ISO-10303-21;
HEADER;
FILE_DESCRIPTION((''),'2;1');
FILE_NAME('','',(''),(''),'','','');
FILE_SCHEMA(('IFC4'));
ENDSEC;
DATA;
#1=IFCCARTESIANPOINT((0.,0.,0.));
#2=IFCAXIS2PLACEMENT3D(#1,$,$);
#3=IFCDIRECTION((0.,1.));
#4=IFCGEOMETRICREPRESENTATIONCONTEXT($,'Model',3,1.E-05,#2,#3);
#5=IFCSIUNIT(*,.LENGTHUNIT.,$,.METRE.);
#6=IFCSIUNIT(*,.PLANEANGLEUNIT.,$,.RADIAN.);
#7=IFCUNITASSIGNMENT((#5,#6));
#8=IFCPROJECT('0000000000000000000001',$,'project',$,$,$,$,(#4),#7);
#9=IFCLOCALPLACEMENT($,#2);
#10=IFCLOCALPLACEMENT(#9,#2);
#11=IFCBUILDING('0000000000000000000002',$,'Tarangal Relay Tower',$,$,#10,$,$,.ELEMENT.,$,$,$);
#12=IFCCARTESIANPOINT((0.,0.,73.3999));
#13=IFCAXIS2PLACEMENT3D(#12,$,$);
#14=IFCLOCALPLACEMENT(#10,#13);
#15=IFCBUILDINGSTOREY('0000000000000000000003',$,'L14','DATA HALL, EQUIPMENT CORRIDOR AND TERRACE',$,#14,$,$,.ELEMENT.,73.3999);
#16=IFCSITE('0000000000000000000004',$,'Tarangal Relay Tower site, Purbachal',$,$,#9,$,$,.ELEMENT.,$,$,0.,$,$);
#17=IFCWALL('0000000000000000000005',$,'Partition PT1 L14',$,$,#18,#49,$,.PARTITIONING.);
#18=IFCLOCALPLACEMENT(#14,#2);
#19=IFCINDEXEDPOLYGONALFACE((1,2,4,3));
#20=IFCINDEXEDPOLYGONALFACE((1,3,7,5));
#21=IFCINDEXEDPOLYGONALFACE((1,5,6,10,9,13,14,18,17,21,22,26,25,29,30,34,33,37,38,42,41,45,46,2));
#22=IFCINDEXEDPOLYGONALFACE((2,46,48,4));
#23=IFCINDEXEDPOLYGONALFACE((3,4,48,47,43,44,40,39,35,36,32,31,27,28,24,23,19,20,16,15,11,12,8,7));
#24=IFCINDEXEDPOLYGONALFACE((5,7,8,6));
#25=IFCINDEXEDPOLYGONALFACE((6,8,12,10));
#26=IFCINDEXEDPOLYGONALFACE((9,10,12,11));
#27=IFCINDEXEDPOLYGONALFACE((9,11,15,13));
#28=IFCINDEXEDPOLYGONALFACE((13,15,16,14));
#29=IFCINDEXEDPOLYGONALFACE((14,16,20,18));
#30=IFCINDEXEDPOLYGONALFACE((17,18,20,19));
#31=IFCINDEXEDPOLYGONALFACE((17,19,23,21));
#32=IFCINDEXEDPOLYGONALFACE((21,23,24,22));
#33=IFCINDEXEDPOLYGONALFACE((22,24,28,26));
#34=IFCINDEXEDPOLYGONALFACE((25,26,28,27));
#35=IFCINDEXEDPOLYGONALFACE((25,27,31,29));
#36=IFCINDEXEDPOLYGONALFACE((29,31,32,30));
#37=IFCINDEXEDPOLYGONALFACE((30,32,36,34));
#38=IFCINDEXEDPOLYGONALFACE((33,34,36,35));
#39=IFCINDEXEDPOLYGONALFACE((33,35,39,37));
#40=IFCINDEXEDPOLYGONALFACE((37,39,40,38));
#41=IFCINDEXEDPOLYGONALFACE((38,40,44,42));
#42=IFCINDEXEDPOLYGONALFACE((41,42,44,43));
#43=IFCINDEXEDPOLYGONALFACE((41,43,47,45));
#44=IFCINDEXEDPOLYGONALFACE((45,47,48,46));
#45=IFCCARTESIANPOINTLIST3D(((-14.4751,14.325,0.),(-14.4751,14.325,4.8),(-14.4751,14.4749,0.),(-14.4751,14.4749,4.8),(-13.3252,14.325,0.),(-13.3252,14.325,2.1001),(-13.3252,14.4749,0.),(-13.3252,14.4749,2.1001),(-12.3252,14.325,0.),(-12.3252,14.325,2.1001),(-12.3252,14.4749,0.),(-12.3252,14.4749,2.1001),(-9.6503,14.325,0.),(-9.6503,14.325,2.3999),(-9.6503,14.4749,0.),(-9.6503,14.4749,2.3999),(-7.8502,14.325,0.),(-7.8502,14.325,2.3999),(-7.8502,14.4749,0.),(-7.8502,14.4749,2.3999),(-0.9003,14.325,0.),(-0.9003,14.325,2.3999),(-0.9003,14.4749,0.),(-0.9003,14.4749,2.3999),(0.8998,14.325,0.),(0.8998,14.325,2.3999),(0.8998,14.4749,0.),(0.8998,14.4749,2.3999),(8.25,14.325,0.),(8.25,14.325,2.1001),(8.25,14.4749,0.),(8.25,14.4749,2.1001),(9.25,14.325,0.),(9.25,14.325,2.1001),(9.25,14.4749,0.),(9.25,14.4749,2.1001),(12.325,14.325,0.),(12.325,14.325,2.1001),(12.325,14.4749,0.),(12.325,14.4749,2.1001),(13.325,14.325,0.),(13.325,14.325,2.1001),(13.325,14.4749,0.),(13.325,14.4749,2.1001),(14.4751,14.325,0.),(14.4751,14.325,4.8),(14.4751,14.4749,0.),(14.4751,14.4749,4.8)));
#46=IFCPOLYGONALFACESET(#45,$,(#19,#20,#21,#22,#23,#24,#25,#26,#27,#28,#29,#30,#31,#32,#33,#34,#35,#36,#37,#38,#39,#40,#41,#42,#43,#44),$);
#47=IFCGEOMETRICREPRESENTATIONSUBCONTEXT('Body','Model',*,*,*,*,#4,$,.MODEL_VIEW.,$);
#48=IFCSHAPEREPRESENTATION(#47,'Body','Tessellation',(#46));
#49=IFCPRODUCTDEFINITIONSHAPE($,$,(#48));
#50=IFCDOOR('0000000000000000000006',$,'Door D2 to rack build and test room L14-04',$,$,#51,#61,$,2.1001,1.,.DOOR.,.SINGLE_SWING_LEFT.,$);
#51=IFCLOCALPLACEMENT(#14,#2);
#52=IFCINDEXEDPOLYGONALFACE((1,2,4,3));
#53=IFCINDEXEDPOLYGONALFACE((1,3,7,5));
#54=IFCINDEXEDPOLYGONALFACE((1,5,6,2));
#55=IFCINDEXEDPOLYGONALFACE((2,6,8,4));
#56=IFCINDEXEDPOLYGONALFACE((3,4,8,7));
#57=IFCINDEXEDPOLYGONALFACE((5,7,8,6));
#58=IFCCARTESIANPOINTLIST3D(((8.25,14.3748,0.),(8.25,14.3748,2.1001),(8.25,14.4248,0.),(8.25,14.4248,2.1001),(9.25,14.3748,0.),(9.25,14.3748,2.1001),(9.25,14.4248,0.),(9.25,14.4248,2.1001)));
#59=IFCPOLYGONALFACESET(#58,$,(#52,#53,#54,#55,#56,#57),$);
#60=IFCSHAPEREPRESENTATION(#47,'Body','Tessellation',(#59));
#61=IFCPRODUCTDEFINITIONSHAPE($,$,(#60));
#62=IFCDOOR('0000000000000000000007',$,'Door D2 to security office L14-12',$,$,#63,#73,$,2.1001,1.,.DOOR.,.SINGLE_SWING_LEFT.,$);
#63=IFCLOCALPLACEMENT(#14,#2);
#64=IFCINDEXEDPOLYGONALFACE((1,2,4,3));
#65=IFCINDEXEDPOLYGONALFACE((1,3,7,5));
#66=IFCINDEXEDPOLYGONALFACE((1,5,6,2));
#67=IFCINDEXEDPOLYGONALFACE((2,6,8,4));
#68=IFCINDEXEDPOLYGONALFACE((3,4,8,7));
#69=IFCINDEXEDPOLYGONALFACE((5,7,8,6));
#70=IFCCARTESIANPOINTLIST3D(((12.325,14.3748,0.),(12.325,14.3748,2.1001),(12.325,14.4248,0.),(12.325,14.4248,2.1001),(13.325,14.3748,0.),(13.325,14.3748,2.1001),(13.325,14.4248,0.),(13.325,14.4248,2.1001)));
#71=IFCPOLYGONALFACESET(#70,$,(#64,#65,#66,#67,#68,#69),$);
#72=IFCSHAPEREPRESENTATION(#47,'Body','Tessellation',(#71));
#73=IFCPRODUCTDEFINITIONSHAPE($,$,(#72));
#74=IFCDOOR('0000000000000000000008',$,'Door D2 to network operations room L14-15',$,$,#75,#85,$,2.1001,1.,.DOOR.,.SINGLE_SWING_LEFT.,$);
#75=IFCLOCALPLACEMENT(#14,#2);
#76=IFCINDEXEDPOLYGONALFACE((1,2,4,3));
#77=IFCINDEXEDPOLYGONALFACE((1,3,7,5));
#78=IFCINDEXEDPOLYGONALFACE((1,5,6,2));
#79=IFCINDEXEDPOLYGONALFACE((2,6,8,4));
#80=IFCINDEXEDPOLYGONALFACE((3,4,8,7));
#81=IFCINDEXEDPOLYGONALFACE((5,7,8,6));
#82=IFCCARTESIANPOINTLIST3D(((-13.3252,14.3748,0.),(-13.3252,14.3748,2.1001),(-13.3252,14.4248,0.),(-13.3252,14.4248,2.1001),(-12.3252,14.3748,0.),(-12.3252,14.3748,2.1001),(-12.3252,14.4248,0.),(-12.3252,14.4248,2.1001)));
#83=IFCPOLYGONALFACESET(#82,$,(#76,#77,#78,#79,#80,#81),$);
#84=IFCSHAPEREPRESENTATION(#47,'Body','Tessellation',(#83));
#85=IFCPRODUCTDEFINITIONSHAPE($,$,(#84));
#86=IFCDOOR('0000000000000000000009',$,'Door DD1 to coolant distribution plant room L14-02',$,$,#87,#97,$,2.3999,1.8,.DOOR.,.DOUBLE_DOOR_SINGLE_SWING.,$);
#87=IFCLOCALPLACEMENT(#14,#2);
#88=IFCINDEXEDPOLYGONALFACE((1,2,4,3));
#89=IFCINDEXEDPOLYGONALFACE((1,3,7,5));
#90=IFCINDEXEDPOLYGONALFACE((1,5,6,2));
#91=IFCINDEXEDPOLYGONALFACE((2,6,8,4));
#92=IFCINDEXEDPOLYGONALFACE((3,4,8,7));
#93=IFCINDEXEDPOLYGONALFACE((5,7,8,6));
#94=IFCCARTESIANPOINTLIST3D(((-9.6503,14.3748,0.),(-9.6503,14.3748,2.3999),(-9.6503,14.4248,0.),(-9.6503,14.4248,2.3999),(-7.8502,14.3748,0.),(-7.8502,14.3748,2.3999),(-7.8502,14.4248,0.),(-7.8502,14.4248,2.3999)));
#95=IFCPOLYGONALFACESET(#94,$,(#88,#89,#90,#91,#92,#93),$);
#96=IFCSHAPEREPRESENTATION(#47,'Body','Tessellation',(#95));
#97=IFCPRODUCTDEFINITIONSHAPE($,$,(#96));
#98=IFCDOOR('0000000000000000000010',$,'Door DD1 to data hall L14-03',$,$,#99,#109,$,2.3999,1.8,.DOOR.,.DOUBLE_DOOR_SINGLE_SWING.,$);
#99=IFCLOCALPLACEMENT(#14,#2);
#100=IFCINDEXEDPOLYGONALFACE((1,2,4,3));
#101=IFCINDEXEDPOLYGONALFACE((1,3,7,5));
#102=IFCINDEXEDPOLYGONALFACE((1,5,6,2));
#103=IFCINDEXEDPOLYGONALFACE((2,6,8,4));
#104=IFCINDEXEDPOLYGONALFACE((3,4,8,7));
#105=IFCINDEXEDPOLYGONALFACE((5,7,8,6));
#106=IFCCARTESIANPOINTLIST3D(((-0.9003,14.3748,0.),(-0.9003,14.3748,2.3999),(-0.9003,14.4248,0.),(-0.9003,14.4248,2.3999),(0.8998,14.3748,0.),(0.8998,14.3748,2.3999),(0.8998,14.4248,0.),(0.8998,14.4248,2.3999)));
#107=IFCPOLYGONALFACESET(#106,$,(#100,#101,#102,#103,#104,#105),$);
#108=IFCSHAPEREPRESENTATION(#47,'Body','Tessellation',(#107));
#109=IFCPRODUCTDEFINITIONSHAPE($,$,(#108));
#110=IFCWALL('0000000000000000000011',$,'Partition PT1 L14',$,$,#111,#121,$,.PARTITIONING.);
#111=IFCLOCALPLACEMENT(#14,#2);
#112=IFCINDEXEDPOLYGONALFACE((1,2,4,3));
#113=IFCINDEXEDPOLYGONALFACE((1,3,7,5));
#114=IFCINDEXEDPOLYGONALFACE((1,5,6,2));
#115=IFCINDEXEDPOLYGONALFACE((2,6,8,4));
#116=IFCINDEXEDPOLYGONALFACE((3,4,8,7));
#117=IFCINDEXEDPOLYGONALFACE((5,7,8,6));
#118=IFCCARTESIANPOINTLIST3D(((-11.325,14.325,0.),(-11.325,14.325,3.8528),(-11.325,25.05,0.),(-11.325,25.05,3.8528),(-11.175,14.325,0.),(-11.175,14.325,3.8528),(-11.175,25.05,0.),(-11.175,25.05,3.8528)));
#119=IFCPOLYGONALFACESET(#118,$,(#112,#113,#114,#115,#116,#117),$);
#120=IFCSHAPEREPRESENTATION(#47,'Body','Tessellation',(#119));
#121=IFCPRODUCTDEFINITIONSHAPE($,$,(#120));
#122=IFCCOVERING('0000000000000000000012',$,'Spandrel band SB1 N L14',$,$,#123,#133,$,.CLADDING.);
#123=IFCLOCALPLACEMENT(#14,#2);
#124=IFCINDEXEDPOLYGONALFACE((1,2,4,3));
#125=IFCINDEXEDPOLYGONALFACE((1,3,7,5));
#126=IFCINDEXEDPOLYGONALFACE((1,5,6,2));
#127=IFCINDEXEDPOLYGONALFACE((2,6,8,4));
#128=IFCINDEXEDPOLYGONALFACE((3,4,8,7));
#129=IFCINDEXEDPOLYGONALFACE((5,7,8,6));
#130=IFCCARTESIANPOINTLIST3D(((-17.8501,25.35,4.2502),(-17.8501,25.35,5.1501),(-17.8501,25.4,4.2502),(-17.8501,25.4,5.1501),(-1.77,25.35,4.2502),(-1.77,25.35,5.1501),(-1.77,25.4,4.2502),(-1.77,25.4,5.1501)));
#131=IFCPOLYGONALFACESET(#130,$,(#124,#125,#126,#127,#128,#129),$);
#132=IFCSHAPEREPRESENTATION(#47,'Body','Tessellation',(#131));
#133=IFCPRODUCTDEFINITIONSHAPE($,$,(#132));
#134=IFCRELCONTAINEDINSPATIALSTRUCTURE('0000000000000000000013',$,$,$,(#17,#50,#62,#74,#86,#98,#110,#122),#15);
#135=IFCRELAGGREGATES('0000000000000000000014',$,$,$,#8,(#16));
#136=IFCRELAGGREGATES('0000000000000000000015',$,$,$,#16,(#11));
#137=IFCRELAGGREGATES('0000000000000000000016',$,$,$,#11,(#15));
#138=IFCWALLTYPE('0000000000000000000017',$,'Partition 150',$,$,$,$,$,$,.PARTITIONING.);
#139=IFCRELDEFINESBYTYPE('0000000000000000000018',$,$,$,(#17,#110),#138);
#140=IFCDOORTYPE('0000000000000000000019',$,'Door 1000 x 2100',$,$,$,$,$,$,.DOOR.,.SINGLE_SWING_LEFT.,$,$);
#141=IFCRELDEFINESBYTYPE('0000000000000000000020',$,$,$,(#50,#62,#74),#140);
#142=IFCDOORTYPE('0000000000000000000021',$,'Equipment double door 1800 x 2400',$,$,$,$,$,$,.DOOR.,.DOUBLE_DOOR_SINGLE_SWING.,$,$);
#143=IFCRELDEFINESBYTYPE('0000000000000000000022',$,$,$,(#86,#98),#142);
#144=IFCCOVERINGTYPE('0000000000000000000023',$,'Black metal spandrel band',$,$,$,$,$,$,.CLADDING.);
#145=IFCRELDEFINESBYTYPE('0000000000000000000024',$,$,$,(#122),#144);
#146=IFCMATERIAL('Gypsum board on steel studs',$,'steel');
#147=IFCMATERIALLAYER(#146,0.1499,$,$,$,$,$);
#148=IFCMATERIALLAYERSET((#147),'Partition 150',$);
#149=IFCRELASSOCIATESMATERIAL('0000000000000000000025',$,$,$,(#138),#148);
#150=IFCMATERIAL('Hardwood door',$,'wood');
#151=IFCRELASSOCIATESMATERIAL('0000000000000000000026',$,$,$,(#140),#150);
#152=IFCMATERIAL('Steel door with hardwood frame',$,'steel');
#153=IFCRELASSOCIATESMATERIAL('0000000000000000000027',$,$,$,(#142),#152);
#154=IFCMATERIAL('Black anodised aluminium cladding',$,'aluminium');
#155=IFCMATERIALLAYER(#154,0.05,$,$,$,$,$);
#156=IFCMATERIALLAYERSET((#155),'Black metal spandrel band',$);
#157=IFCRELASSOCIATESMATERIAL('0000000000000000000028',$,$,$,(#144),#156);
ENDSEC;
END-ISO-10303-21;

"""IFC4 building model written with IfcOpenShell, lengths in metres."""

from ifc_helpers import new_model, si_unit, direction, frame, frame_2d, origin, origin_2d, place, context, subcontext, project, spatial, rectangle, extrude, material, layer, layer_set, type_object, element, fill, save


model = new_model("IFC4")

# Units and contexts
model_context = context("Model", 3, precision=1e-05, world=origin(), true_north=direction((0.0, 1.0)))
body_context = subcontext(model_context, "Body", "Model", "MODEL_VIEW")
ifc_project = project(units=[si_unit("LENGTHUNIT", "METRE"), si_unit("PLANEANGLEUNIT", "RADIAN")], contexts=[model_context])

# Site, building, storey
site_placement = place(None, origin())
site = spatial("IfcSite", under=ifc_project, at=site_placement, Name="Tarangal Relay Tower site, Purbachal", CompositionType="ELEMENT", RefElevation=0.0)
building_placement = place(site_placement, origin())
building = spatial("IfcBuilding", under=site, at=building_placement, Name="Tarangal Relay Tower", CompositionType="ELEMENT")
storey_placement = place(building_placement, frame((0.0, 0.0, 73.3999)))
storey = spatial("IfcBuildingStorey", under=building, at=storey_placement, Name="L14", Description="DATA HALL, EQUIPMENT CORRIDOR AND TERRACE", CompositionType="ELEMENT", Elevation=73.3999)

# Wall, openings, doors
ifc_material_1 = material(Name="Gypsum board on steel studs", Category="steel")
ifc_layer_1 = layer(ifc_material_1, 0.1499)
ifc_layer_set_1 = layer_set([ifc_layer_1], Name="Partition 150")
wall_type_1 = type_object("IfcWallType", Name="Partition 150", PredefinedType="PARTITIONING", material=ifc_layer_set_1)
wall_1_placement = place(storey_placement, frame((-14.4751, 14.3999, 0.0), z_axis=(0.0, 0.0, 1.0), x_axis=(1.0, 0.0, 0.0)))
wall_1 = element("IfcWall", 1, at=wall_1_placement, inside=storey, type_object=wall_type_1, Name="Partition PT1 L14", PredefinedType="PARTITIONING", context=body_context, shape_type="SweptSolid", body=[
    extrude(rectangle(XDim=28.9502, YDim=0.1499, at=frame_2d((14.4751, 0.0))), origin(), (0.0, 0.0, 1.0), 4.8),
])
opening_1_placement = place(wall_1_placement, frame((4.825, 0.0, 0.0)))
opening_1 = element("IfcOpeningElement", 2, at=opening_1_placement, cuts=wall_1, PredefinedType="OPENING", context=body_context, shape_type="SweptSolid", body=[
    extrude(rectangle(XDim=1.8, YDim=2.3999, at=frame_2d((0.8999, 1.2))), frame((0.0, 0.085, 0.0), z_axis=(0.0, -1.0, 0.0), x_axis=(1.0, 0.0, 0.0)), (0.0, 0.0, 1.0), 0.1699),
])
opening_2_placement = place(wall_1_placement, frame((13.575, 0.0, 0.0)))
opening_2 = element("IfcOpeningElement", 3, at=opening_2_placement, cuts=wall_1, PredefinedType="OPENING", context=body_context, shape_type="SweptSolid", body=[
    extrude(rectangle(XDim=1.8, YDim=2.3999, at=frame_2d((0.8999, 1.2))), frame((0.0, 0.085, 0.0), z_axis=(0.0, -1.0, 0.0), x_axis=(1.0, 0.0, 0.0)), (0.0, 0.0, 1.0), 0.1699),
])
opening_3_placement = place(wall_1_placement, frame((22.7251, 0.0, 0.0)))
opening_3 = element("IfcOpeningElement", 4, at=opening_3_placement, cuts=wall_1, PredefinedType="OPENING", context=body_context, shape_type="SweptSolid", body=[
    extrude(rectangle(XDim=1.0, YDim=2.1001, at=frame_2d((0.5, 1.05))), frame((0.0, 0.085, 0.0), z_axis=(0.0, -1.0, 0.0), x_axis=(1.0, 0.0, 0.0)), (0.0, 0.0, 1.0), 0.1699),
])
opening_4_placement = place(wall_1_placement, frame((26.8, 0.0, 0.0)))
opening_4 = element("IfcOpeningElement", 5, at=opening_4_placement, cuts=wall_1, PredefinedType="OPENING", context=body_context, shape_type="SweptSolid", body=[
    extrude(rectangle(XDim=1.0, YDim=2.1001, at=frame_2d((0.5, 1.05))), frame((0.0, 0.085, 0.0), z_axis=(0.0, -1.0, 0.0), x_axis=(1.0, 0.0, 0.0)), (0.0, 0.0, 1.0), 0.1699),
])
opening_5_placement = place(wall_1_placement, frame((1.1499, 0.0, 0.0)))
opening_5 = element("IfcOpeningElement", 6, at=opening_5_placement, cuts=wall_1, PredefinedType="OPENING", context=body_context, shape_type="SweptSolid", body=[
    extrude(rectangle(XDim=1.0, YDim=2.1001, at=frame_2d((0.5, 1.05))), frame((0.0, 0.085, 0.0), z_axis=(0.0, -1.0, 0.0), x_axis=(1.0, 0.0, 0.0)), (0.0, 0.0, 1.0), 0.1699),
])
ifc_material_2 = material(Name="Hardwood door", Category="wood")
door_type_1 = type_object("IfcDoorType", Name="Door 1000 x 2100", OperationType="SINGLE_SWING_LEFT", PredefinedType="DOOR", material=ifc_material_2)
door_1_placement = place(opening_3_placement, origin())
door_1 = element("IfcDoor", 7, at=door_1_placement, inside=storey, type_object=door_type_1, Name="Door D2 to rack build and test room L14-04", OperationType="SINGLE_SWING_LEFT", OverallHeight=2.1001, OverallWidth=1.0, PredefinedType="DOOR", context=body_context, shape_type="SweptSolid", body=[
    extrude(rectangle(XDim=1.0, YDim=2.1001, at=frame_2d((0.5, 1.05))), frame((0.0, 0.0249, 0.0), z_axis=(0.0, -1.0, 0.0), x_axis=(1.0, 0.0, 0.0)), (0.0, 0.0, 1.0), 0.05),
])
fill(opening_3, door_1)
door_2_placement = place(opening_4_placement, origin())
door_2 = element("IfcDoor", 8, at=door_2_placement, inside=storey, type_object=door_type_1, Name="Door D2 to security office L14-12", OperationType="SINGLE_SWING_LEFT", OverallHeight=2.1001, OverallWidth=1.0, PredefinedType="DOOR", context=body_context, shape_type="SweptSolid", body=[
    extrude(rectangle(XDim=1.0, YDim=2.1001, at=frame_2d((0.5, 1.05))), frame((0.0, 0.0249, 0.0), z_axis=(0.0, -1.0, 0.0), x_axis=(1.0, 0.0, 0.0)), (0.0, 0.0, 1.0), 0.05),
])
fill(opening_4, door_2)
door_3_placement = place(opening_5_placement, origin())
door_3 = element("IfcDoor", 9, at=door_3_placement, inside=storey, type_object=door_type_1, Name="Door D2 to network operations room L14-15", OperationType="SINGLE_SWING_LEFT", OverallHeight=2.1001, OverallWidth=1.0, PredefinedType="DOOR", context=body_context, shape_type="SweptSolid", body=[
    extrude(rectangle(XDim=1.0, YDim=2.1001, at=frame_2d((0.5, 1.05))), frame((0.0, 0.0249, 0.0), z_axis=(0.0, -1.0, 0.0), x_axis=(1.0, 0.0, 0.0)), (0.0, 0.0, 1.0), 0.05),
])
fill(opening_5, door_3)
ifc_material_3 = material(Name="Steel door with hardwood frame", Category="steel")
door_type_2 = type_object("IfcDoorType", Name="Equipment double door 1800 x 2400", OperationType="DOUBLE_DOOR_SINGLE_SWING", PredefinedType="DOOR", material=ifc_material_3)
door_4_placement = place(opening_1_placement, origin())
door_4 = element("IfcDoor", 10, at=door_4_placement, inside=storey, type_object=door_type_2, Name="Door DD1 to coolant distribution plant room L14-02", OperationType="DOUBLE_DOOR_SINGLE_SWING", OverallHeight=2.3999, OverallWidth=1.8, PredefinedType="DOOR", context=body_context, shape_type="SweptSolid", body=[
    extrude(rectangle(XDim=1.8, YDim=2.3999, at=frame_2d((0.8999, 1.2))), frame((0.0, 0.0249, 0.0), z_axis=(0.0, -1.0, 0.0), x_axis=(1.0, 0.0, 0.0)), (0.0, 0.0, 1.0), 0.05),
])
fill(opening_1, door_4)
door_5_placement = place(opening_2_placement, origin())
door_5 = element("IfcDoor", 11, at=door_5_placement, inside=storey, type_object=door_type_2, Name="Door DD1 to data hall L14-03", OperationType="DOUBLE_DOOR_SINGLE_SWING", OverallHeight=2.3999, OverallWidth=1.8, PredefinedType="DOOR", context=body_context, shape_type="SweptSolid", body=[
    extrude(rectangle(XDim=1.8, YDim=2.3999, at=frame_2d((0.8999, 1.2))), frame((0.0, 0.0249, 0.0), z_axis=(0.0, -1.0, 0.0), x_axis=(1.0, 0.0, 0.0)), (0.0, 0.0, 1.0), 0.05),
])
fill(opening_2, door_5)

# Wall
wall_2_placement = place(storey_placement, frame((-11.25, 14.325, 0.0), z_axis=(0.0, 0.0, 1.0), x_axis=(0.0, 1.0, 0.0)))
element("IfcWall", 12, at=wall_2_placement, inside=storey, type_object=wall_type_1, Name="Partition PT1 L14", PredefinedType="PARTITIONING", context=body_context, shape_type="SweptSolid", body=[
    extrude(rectangle(XDim=10.7251, YDim=0.1499, at=frame_2d((5.3625, 0.0))), origin(), (0.0, 0.0, 1.0), 3.8528),
])

# Covering
ifc_material_4 = material(Name="Black anodised aluminium cladding", Category="aluminium")
ifc_layer_2 = layer(ifc_material_4, 0.05)
ifc_layer_set_2 = layer_set([ifc_layer_2], Name="Black metal spandrel band")
covering_type = type_object("IfcCoveringType", Name="Black metal spandrel band", PredefinedType="CLADDING", material=ifc_layer_set_2)
covering_placement = place(storey_placement, frame((-9.8101, 25.375, 4.2502), z_axis=(0.0, 0.0, 1.0), x_axis=(1.0, 0.0, 0.0)))
element("IfcCovering", 13, at=covering_placement, inside=storey, type_object=covering_type, Name="Spandrel band SB1 N L14", PredefinedType="CLADDING", context=body_context, shape_type="SweptSolid", body=[
    extrude(rectangle(XDim=16.0801, YDim=0.05, at=origin_2d()), origin(), (0.0, 0.0, 1.0), 0.8999),
])

save(model, "model.ifc")
